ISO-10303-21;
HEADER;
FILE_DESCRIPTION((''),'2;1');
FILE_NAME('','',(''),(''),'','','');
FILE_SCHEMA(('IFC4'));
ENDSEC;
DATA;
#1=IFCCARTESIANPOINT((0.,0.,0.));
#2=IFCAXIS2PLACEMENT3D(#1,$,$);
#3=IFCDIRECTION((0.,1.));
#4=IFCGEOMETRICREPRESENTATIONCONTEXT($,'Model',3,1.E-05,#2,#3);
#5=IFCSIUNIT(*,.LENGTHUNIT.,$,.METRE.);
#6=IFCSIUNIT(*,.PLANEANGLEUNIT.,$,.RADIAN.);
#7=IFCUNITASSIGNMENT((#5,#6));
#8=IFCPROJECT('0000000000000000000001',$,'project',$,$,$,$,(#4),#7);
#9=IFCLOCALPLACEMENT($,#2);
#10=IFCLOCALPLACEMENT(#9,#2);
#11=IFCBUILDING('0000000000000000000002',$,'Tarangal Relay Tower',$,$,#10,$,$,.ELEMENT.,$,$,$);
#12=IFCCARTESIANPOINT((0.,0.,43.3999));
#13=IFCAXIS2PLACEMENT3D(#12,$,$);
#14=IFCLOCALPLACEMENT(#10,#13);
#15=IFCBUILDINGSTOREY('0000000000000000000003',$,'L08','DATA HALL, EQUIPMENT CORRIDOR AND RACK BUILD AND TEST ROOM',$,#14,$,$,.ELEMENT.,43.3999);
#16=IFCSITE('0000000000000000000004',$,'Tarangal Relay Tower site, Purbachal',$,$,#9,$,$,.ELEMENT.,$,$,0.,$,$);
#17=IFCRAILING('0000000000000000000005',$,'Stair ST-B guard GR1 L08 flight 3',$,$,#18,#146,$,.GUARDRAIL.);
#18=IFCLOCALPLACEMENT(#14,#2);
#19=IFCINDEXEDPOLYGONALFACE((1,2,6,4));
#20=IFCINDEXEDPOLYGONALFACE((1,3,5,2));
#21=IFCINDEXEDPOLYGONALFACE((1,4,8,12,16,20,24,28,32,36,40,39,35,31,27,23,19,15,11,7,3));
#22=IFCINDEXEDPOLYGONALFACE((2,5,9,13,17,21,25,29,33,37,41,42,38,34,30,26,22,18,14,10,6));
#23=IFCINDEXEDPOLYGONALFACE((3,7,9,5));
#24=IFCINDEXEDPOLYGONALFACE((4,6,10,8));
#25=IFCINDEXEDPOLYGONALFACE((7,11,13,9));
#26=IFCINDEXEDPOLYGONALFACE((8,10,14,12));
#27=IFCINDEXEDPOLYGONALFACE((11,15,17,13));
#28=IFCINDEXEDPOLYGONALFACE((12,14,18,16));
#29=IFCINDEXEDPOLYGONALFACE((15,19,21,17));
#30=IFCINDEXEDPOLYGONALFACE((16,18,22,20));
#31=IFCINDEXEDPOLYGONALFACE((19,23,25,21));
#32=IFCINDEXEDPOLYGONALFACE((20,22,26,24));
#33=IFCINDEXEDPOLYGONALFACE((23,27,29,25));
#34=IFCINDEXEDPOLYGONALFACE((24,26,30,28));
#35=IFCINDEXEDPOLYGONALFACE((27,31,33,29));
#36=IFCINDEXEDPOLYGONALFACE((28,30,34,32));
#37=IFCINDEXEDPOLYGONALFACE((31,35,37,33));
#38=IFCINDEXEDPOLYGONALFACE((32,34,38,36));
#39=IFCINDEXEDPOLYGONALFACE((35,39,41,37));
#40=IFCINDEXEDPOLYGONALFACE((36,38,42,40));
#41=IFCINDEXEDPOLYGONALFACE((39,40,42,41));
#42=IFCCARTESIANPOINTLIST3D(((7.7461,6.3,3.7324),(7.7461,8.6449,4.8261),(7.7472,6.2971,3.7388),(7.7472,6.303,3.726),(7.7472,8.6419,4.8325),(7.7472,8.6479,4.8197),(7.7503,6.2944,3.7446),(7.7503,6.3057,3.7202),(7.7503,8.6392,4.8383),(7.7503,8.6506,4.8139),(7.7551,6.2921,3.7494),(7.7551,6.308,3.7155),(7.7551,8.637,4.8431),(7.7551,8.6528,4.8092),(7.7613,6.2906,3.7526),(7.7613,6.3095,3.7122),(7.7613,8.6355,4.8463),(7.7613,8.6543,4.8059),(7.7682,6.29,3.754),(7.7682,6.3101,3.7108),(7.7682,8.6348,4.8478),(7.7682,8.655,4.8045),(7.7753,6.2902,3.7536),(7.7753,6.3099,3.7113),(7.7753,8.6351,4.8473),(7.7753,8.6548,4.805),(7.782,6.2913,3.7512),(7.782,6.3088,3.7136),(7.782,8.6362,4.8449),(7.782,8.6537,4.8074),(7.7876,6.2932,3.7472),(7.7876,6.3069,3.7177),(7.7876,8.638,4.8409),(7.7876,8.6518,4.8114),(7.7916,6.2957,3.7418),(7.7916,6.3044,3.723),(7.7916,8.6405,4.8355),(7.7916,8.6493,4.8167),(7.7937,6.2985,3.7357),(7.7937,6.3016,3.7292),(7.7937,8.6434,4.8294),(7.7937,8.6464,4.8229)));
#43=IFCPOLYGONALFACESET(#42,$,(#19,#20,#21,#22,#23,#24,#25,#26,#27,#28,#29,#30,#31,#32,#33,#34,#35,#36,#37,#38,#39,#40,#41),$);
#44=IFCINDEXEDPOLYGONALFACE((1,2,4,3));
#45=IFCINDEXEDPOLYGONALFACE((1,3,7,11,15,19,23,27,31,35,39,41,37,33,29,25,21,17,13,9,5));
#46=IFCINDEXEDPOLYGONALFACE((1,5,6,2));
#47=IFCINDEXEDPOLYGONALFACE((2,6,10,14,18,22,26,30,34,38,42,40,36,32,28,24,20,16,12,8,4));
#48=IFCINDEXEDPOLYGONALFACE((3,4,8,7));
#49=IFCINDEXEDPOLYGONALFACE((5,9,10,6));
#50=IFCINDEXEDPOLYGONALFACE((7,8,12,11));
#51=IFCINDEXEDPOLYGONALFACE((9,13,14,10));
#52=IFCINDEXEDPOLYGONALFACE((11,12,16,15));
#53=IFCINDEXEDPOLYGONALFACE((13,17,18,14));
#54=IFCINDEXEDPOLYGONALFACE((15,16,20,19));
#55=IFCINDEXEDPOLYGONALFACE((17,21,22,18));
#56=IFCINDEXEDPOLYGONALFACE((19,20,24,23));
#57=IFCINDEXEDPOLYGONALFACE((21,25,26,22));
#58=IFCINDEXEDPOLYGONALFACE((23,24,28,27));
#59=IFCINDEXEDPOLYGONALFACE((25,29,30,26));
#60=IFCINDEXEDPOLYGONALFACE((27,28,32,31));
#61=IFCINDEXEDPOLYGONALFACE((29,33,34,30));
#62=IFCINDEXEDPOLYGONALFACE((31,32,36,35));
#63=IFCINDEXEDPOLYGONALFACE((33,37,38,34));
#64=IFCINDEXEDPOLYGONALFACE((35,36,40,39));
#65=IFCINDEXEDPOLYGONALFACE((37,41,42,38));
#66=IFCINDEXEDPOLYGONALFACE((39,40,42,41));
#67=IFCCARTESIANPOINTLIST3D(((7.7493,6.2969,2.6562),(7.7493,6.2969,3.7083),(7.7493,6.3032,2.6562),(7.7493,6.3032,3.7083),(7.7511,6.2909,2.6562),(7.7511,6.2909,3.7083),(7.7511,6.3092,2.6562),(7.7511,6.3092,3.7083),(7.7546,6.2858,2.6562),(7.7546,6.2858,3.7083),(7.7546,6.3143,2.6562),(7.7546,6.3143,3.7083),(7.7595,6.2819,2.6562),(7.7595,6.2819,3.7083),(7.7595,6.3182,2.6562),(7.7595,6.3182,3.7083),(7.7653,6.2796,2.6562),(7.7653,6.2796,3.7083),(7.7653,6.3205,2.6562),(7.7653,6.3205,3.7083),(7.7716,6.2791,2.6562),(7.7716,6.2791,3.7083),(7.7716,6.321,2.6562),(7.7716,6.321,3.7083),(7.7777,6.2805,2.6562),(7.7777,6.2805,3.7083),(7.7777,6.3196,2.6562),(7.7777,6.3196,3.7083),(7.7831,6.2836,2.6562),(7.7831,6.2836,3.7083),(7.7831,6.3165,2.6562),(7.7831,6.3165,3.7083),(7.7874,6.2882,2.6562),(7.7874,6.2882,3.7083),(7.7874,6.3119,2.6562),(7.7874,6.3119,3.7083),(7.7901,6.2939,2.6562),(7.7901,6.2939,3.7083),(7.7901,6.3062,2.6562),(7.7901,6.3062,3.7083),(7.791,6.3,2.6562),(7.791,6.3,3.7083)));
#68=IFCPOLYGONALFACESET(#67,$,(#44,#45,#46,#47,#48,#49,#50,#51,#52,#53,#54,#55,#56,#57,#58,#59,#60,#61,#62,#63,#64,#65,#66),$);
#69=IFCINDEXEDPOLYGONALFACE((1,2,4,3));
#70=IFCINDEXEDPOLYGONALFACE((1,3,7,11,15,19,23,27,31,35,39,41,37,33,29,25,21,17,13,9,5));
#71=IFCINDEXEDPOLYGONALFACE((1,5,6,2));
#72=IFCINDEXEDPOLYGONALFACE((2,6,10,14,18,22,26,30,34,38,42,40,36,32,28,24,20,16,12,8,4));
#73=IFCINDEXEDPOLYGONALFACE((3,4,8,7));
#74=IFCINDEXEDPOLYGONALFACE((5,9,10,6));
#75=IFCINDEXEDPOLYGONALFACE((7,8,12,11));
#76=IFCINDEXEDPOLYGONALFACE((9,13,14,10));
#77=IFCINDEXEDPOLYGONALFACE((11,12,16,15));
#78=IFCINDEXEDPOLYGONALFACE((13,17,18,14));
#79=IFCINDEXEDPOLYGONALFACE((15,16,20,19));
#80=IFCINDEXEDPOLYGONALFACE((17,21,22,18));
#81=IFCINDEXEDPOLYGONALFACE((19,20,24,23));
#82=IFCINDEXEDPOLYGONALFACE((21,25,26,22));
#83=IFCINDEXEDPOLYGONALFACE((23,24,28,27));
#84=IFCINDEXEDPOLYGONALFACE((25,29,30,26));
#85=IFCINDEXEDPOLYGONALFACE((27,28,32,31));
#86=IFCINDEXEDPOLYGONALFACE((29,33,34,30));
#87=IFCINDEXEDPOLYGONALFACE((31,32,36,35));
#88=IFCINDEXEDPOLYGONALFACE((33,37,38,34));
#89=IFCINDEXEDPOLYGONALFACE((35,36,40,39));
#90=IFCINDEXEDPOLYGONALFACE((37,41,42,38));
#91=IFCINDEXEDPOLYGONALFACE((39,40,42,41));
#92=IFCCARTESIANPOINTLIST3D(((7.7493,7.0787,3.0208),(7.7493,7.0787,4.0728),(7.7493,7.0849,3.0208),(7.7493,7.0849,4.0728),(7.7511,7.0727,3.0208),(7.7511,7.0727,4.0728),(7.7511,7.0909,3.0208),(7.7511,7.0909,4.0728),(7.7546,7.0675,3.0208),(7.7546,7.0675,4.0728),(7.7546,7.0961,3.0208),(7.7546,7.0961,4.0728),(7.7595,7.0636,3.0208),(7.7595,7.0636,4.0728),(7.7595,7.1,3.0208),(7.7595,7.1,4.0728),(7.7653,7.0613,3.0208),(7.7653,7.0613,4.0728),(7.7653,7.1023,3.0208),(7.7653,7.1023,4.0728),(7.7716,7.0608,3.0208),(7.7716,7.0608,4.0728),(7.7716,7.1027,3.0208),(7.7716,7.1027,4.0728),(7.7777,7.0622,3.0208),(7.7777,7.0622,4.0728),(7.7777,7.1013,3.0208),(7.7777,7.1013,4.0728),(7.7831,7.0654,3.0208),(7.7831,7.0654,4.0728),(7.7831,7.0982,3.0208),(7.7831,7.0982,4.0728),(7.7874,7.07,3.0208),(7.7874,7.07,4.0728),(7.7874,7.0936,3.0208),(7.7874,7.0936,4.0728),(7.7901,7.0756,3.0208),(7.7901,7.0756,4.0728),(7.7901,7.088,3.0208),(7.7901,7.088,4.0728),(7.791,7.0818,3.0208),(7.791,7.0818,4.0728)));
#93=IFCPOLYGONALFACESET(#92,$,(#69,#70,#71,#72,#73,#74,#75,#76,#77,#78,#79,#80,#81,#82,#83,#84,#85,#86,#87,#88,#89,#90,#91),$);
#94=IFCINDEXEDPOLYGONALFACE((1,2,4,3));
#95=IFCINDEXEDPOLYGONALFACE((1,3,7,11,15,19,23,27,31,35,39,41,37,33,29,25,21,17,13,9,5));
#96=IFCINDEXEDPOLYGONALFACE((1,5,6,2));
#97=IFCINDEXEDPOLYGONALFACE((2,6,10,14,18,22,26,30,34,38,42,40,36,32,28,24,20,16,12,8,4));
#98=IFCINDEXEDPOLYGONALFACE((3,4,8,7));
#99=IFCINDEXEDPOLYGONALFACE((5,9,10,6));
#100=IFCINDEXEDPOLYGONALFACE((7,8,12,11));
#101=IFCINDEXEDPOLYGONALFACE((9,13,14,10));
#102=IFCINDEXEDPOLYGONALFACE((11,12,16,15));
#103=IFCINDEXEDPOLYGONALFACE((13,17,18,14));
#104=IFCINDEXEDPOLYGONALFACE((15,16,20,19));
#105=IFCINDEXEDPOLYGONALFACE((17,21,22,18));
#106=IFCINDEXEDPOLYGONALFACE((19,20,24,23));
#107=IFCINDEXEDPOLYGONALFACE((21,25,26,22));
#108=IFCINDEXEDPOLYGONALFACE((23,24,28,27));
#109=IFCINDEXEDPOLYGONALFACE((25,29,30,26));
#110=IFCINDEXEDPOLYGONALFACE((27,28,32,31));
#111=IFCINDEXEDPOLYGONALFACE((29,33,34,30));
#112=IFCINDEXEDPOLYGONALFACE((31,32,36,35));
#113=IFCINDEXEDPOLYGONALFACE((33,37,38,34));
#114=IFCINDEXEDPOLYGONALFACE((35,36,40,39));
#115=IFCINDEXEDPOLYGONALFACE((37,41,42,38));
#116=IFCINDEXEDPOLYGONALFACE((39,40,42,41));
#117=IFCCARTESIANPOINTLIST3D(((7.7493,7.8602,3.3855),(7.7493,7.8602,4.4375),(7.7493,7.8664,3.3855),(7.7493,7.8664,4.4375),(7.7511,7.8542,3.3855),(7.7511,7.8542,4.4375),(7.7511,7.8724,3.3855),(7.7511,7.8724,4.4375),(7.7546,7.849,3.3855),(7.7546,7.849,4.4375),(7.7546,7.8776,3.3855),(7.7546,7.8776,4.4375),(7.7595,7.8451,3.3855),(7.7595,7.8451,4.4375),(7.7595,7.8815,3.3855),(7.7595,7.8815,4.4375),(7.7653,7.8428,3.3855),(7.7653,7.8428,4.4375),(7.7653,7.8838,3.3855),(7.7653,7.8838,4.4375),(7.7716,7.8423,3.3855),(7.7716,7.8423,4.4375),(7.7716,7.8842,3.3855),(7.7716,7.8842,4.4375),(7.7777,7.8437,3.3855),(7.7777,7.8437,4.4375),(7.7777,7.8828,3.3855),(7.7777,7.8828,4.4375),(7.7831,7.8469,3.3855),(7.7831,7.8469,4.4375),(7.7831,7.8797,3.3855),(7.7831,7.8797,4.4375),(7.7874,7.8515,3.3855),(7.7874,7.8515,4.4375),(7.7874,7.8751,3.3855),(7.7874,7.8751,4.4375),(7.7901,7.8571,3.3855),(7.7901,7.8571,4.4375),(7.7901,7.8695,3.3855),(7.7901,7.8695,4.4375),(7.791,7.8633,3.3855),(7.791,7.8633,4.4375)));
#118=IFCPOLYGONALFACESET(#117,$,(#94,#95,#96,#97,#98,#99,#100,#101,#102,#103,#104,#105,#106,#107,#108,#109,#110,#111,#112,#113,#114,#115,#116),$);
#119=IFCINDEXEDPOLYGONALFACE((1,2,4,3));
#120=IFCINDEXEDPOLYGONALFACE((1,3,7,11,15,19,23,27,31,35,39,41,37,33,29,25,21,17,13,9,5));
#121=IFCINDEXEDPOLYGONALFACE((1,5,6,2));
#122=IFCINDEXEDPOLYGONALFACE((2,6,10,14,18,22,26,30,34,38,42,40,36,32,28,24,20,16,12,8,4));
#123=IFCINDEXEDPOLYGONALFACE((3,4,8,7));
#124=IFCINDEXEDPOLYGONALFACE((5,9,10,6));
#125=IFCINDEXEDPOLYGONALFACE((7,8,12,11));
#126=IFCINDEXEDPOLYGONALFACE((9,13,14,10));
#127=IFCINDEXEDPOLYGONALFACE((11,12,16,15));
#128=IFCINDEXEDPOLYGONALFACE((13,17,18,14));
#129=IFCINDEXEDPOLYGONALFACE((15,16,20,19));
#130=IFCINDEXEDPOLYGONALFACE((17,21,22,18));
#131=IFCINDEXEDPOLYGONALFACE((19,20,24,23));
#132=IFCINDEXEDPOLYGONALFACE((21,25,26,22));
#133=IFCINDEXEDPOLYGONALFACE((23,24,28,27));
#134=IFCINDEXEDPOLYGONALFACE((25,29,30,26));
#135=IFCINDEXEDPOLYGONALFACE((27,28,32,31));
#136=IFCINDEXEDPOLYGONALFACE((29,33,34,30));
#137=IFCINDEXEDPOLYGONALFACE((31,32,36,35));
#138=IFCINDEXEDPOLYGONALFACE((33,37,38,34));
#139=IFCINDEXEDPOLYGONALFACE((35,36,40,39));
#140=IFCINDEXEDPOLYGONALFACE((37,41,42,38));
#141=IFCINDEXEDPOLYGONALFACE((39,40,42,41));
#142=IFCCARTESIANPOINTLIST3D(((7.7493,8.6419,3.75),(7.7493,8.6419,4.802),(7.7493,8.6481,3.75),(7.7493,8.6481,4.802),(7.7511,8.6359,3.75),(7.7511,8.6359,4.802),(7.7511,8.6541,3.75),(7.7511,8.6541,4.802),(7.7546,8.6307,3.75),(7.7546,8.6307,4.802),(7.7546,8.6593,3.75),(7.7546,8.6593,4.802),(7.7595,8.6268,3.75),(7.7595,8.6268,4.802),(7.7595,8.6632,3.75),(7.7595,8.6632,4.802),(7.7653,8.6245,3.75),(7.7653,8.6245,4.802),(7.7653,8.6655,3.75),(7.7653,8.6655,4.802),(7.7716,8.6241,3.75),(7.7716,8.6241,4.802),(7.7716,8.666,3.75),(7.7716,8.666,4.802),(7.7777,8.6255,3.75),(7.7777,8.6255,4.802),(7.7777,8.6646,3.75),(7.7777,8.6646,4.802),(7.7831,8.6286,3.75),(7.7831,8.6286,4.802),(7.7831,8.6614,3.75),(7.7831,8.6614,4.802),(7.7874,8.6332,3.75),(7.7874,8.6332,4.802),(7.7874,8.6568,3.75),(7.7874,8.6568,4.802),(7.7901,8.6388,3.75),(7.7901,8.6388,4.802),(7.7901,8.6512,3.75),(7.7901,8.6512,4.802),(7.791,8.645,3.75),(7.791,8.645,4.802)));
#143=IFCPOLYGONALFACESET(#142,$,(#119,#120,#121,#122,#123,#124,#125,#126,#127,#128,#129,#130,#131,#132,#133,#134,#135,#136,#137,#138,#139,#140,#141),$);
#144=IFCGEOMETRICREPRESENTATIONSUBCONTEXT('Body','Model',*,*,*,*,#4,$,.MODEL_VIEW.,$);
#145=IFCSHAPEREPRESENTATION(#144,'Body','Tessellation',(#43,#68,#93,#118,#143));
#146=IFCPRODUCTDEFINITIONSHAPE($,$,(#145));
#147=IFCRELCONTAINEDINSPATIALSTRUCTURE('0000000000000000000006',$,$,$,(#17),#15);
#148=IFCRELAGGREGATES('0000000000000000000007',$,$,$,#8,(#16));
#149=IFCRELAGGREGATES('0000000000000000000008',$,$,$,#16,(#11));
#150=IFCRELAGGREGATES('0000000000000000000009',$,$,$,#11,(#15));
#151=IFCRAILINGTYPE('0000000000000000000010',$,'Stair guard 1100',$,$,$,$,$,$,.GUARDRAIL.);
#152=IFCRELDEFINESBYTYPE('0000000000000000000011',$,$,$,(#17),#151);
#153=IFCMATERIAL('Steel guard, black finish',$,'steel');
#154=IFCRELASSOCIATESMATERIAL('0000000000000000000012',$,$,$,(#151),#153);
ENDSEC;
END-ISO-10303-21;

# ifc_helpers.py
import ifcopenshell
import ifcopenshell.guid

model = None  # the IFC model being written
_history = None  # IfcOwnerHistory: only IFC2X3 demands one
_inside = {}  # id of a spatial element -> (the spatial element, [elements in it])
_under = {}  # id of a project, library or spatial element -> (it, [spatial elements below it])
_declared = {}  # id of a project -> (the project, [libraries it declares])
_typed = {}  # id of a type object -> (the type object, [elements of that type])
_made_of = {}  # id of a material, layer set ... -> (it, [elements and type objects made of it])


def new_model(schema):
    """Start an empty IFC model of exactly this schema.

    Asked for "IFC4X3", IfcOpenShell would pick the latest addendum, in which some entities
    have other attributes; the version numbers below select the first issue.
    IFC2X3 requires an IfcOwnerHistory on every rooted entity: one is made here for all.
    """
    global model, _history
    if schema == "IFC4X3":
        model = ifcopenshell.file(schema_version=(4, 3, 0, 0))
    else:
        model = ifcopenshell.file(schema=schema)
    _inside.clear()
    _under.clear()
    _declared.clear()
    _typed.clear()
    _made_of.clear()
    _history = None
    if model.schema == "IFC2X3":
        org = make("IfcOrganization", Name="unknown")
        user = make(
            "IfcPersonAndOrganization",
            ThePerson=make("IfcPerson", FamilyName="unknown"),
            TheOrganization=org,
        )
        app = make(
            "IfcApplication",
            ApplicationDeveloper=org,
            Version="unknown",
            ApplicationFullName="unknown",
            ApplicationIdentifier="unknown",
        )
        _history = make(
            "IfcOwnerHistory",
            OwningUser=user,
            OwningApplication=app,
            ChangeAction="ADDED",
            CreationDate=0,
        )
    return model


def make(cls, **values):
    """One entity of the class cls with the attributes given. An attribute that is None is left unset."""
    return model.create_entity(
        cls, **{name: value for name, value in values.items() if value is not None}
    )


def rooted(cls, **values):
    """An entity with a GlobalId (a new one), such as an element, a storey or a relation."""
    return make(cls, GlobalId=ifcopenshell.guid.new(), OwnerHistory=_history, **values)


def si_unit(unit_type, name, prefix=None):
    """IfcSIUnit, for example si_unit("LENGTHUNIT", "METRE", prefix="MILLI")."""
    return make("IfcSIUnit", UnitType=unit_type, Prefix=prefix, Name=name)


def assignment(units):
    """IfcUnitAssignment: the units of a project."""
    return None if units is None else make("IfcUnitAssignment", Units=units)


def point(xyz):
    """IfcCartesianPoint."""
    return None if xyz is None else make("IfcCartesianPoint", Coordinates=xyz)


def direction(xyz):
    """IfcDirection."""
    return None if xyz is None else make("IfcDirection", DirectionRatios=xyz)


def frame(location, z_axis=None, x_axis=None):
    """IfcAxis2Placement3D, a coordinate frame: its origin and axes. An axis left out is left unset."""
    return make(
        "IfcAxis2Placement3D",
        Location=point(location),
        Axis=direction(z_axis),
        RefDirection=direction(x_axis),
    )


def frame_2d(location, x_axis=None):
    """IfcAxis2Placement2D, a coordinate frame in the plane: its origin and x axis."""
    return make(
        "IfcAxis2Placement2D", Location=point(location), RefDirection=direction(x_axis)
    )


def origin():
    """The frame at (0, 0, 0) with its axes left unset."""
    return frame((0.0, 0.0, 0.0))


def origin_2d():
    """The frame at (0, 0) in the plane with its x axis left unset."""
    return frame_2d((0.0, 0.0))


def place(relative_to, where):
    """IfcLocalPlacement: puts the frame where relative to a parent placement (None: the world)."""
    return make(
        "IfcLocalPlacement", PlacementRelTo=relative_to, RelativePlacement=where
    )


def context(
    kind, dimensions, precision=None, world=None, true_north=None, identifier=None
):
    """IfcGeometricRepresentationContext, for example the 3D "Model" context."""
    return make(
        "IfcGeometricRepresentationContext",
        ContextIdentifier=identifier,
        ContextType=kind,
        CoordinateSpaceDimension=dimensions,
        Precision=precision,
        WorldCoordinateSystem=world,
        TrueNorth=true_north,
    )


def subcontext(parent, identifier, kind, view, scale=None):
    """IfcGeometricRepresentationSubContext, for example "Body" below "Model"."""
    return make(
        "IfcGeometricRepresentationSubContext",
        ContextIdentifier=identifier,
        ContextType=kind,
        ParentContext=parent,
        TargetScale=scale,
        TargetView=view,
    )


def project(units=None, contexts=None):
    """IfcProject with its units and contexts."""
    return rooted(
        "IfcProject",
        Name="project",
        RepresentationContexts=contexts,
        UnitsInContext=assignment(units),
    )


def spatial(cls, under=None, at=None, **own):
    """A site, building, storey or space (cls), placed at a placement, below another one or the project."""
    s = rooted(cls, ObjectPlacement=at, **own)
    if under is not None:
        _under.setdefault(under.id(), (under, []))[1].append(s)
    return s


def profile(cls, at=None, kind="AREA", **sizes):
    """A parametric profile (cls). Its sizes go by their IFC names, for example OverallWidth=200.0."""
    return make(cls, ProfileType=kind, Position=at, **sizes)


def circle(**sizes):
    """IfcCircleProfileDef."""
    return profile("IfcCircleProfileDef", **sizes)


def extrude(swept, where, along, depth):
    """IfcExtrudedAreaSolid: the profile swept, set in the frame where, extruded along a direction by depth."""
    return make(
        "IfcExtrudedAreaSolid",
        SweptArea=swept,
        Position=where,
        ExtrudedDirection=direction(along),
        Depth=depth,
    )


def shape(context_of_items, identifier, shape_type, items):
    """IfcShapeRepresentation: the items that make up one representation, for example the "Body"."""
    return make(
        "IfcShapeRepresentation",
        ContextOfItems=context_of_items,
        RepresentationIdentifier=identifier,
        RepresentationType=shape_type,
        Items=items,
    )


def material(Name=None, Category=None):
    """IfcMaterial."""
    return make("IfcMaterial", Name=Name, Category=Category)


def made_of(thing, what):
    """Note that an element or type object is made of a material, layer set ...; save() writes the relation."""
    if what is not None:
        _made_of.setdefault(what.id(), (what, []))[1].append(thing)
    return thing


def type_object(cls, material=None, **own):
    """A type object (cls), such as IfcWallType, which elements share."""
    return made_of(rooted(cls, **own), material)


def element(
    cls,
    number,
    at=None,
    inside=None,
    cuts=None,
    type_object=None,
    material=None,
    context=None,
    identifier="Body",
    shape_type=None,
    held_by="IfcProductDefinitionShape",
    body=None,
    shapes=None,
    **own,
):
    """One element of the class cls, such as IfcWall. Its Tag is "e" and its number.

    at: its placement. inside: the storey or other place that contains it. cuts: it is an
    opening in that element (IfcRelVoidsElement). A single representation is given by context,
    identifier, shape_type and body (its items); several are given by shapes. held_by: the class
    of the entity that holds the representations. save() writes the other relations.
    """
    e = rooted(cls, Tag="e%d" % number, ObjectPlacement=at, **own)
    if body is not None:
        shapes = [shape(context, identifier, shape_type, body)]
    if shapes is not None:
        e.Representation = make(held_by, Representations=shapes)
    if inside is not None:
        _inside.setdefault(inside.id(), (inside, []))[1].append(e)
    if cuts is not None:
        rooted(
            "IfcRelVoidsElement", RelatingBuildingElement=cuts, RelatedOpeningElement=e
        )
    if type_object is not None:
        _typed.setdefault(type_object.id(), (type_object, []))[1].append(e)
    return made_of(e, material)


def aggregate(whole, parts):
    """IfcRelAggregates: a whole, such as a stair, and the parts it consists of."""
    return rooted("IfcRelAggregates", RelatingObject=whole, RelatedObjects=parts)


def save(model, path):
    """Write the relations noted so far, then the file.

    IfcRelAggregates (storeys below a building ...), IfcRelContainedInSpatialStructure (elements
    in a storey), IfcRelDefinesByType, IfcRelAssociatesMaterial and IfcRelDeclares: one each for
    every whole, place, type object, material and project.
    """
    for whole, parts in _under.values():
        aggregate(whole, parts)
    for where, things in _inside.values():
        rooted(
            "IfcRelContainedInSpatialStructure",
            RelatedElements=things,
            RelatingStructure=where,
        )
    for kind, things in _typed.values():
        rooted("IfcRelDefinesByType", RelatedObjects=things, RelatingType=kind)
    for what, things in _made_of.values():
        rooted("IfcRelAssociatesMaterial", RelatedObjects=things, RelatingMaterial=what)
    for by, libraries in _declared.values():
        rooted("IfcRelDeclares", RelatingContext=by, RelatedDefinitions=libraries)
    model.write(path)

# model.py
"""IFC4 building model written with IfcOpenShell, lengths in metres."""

from ifc_helpers import new_model, si_unit, direction, frame, origin, origin_2d, place, context, subcontext, project, spatial, circle, extrude, material, type_object, element, save


model = new_model("IFC4")

# Units and contexts
model_context = context("Model", 3, precision=1e-05, world=origin(), true_north=direction((0.0, 1.0)))
body_context = subcontext(model_context, "Body", "Model", "MODEL_VIEW")
ifc_project = project(units=[si_unit("LENGTHUNIT", "METRE"), si_unit("PLANEANGLEUNIT", "RADIAN")], contexts=[model_context])

# Site, building, storey
site_placement = place(None, origin())
site = spatial("IfcSite", under=ifc_project, at=site_placement, Name="Tarangal Relay Tower site, Purbachal", CompositionType="ELEMENT", RefElevation=0.0)
building_placement = place(site_placement, origin())
building = spatial("IfcBuilding", under=site, at=building_placement, Name="Tarangal Relay Tower", CompositionType="ELEMENT")
storey_placement = place(building_placement, frame((0.0, 0.0, 43.3999)))
storey = spatial("IfcBuildingStorey", under=building, at=storey_placement, Name="L08", Description="DATA HALL, EQUIPMENT CORRIDOR AND RACK BUILD AND TEST ROOM", CompositionType="ELEMENT", Elevation=43.3999)

# Railing
ifc_material_1 = material(Name="Steel guard, black finish", Category="steel")
railing_type_1 = type_object("IfcRailingType", Name="Stair guard 1100", PredefinedType="GUARDRAIL", material=ifc_material_1)
railing_1_placement = place(storey_placement, frame((7.77, 6.3, 2.6562)))
element("IfcRailing", 1, at=railing_1_placement, inside=storey, type_object=railing_type_1, Name="Stair ST-B guard GR1 L08 flight 3", PredefinedType="GUARDRAIL", context=body_context, shape_type="SweptSolid", body=[
    extrude(circle(Radius=0.0239, at=origin_2d()), frame((0.0, 0.0, 1.0762), z_axis=(0.0, 0.906267, 0.422705), x_axis=(-1.0, 0.0, 0.0)), (0.0, 0.0, 1.0), 2.5874),
    extrude(circle(Radius=0.021, at=origin_2d()), origin(), (0.0, 0.0, 1.0), 1.052),
    extrude(circle(Radius=0.021, at=origin_2d()), frame((0.0, 0.7817, 0.3645)), (0.0, 0.0, 1.0), 1.052),
    extrude(circle(Radius=0.021, at=origin_2d()), frame((0.0, 1.5632, 0.7292)), (0.0, 0.0, 1.0), 1.052),
    extrude(circle(Radius=0.021, at=origin_2d()), frame((0.0, 2.345, 1.0938)), (0.0, 0.0, 1.0), 1.052),
])

save(model, "model.ifc")
